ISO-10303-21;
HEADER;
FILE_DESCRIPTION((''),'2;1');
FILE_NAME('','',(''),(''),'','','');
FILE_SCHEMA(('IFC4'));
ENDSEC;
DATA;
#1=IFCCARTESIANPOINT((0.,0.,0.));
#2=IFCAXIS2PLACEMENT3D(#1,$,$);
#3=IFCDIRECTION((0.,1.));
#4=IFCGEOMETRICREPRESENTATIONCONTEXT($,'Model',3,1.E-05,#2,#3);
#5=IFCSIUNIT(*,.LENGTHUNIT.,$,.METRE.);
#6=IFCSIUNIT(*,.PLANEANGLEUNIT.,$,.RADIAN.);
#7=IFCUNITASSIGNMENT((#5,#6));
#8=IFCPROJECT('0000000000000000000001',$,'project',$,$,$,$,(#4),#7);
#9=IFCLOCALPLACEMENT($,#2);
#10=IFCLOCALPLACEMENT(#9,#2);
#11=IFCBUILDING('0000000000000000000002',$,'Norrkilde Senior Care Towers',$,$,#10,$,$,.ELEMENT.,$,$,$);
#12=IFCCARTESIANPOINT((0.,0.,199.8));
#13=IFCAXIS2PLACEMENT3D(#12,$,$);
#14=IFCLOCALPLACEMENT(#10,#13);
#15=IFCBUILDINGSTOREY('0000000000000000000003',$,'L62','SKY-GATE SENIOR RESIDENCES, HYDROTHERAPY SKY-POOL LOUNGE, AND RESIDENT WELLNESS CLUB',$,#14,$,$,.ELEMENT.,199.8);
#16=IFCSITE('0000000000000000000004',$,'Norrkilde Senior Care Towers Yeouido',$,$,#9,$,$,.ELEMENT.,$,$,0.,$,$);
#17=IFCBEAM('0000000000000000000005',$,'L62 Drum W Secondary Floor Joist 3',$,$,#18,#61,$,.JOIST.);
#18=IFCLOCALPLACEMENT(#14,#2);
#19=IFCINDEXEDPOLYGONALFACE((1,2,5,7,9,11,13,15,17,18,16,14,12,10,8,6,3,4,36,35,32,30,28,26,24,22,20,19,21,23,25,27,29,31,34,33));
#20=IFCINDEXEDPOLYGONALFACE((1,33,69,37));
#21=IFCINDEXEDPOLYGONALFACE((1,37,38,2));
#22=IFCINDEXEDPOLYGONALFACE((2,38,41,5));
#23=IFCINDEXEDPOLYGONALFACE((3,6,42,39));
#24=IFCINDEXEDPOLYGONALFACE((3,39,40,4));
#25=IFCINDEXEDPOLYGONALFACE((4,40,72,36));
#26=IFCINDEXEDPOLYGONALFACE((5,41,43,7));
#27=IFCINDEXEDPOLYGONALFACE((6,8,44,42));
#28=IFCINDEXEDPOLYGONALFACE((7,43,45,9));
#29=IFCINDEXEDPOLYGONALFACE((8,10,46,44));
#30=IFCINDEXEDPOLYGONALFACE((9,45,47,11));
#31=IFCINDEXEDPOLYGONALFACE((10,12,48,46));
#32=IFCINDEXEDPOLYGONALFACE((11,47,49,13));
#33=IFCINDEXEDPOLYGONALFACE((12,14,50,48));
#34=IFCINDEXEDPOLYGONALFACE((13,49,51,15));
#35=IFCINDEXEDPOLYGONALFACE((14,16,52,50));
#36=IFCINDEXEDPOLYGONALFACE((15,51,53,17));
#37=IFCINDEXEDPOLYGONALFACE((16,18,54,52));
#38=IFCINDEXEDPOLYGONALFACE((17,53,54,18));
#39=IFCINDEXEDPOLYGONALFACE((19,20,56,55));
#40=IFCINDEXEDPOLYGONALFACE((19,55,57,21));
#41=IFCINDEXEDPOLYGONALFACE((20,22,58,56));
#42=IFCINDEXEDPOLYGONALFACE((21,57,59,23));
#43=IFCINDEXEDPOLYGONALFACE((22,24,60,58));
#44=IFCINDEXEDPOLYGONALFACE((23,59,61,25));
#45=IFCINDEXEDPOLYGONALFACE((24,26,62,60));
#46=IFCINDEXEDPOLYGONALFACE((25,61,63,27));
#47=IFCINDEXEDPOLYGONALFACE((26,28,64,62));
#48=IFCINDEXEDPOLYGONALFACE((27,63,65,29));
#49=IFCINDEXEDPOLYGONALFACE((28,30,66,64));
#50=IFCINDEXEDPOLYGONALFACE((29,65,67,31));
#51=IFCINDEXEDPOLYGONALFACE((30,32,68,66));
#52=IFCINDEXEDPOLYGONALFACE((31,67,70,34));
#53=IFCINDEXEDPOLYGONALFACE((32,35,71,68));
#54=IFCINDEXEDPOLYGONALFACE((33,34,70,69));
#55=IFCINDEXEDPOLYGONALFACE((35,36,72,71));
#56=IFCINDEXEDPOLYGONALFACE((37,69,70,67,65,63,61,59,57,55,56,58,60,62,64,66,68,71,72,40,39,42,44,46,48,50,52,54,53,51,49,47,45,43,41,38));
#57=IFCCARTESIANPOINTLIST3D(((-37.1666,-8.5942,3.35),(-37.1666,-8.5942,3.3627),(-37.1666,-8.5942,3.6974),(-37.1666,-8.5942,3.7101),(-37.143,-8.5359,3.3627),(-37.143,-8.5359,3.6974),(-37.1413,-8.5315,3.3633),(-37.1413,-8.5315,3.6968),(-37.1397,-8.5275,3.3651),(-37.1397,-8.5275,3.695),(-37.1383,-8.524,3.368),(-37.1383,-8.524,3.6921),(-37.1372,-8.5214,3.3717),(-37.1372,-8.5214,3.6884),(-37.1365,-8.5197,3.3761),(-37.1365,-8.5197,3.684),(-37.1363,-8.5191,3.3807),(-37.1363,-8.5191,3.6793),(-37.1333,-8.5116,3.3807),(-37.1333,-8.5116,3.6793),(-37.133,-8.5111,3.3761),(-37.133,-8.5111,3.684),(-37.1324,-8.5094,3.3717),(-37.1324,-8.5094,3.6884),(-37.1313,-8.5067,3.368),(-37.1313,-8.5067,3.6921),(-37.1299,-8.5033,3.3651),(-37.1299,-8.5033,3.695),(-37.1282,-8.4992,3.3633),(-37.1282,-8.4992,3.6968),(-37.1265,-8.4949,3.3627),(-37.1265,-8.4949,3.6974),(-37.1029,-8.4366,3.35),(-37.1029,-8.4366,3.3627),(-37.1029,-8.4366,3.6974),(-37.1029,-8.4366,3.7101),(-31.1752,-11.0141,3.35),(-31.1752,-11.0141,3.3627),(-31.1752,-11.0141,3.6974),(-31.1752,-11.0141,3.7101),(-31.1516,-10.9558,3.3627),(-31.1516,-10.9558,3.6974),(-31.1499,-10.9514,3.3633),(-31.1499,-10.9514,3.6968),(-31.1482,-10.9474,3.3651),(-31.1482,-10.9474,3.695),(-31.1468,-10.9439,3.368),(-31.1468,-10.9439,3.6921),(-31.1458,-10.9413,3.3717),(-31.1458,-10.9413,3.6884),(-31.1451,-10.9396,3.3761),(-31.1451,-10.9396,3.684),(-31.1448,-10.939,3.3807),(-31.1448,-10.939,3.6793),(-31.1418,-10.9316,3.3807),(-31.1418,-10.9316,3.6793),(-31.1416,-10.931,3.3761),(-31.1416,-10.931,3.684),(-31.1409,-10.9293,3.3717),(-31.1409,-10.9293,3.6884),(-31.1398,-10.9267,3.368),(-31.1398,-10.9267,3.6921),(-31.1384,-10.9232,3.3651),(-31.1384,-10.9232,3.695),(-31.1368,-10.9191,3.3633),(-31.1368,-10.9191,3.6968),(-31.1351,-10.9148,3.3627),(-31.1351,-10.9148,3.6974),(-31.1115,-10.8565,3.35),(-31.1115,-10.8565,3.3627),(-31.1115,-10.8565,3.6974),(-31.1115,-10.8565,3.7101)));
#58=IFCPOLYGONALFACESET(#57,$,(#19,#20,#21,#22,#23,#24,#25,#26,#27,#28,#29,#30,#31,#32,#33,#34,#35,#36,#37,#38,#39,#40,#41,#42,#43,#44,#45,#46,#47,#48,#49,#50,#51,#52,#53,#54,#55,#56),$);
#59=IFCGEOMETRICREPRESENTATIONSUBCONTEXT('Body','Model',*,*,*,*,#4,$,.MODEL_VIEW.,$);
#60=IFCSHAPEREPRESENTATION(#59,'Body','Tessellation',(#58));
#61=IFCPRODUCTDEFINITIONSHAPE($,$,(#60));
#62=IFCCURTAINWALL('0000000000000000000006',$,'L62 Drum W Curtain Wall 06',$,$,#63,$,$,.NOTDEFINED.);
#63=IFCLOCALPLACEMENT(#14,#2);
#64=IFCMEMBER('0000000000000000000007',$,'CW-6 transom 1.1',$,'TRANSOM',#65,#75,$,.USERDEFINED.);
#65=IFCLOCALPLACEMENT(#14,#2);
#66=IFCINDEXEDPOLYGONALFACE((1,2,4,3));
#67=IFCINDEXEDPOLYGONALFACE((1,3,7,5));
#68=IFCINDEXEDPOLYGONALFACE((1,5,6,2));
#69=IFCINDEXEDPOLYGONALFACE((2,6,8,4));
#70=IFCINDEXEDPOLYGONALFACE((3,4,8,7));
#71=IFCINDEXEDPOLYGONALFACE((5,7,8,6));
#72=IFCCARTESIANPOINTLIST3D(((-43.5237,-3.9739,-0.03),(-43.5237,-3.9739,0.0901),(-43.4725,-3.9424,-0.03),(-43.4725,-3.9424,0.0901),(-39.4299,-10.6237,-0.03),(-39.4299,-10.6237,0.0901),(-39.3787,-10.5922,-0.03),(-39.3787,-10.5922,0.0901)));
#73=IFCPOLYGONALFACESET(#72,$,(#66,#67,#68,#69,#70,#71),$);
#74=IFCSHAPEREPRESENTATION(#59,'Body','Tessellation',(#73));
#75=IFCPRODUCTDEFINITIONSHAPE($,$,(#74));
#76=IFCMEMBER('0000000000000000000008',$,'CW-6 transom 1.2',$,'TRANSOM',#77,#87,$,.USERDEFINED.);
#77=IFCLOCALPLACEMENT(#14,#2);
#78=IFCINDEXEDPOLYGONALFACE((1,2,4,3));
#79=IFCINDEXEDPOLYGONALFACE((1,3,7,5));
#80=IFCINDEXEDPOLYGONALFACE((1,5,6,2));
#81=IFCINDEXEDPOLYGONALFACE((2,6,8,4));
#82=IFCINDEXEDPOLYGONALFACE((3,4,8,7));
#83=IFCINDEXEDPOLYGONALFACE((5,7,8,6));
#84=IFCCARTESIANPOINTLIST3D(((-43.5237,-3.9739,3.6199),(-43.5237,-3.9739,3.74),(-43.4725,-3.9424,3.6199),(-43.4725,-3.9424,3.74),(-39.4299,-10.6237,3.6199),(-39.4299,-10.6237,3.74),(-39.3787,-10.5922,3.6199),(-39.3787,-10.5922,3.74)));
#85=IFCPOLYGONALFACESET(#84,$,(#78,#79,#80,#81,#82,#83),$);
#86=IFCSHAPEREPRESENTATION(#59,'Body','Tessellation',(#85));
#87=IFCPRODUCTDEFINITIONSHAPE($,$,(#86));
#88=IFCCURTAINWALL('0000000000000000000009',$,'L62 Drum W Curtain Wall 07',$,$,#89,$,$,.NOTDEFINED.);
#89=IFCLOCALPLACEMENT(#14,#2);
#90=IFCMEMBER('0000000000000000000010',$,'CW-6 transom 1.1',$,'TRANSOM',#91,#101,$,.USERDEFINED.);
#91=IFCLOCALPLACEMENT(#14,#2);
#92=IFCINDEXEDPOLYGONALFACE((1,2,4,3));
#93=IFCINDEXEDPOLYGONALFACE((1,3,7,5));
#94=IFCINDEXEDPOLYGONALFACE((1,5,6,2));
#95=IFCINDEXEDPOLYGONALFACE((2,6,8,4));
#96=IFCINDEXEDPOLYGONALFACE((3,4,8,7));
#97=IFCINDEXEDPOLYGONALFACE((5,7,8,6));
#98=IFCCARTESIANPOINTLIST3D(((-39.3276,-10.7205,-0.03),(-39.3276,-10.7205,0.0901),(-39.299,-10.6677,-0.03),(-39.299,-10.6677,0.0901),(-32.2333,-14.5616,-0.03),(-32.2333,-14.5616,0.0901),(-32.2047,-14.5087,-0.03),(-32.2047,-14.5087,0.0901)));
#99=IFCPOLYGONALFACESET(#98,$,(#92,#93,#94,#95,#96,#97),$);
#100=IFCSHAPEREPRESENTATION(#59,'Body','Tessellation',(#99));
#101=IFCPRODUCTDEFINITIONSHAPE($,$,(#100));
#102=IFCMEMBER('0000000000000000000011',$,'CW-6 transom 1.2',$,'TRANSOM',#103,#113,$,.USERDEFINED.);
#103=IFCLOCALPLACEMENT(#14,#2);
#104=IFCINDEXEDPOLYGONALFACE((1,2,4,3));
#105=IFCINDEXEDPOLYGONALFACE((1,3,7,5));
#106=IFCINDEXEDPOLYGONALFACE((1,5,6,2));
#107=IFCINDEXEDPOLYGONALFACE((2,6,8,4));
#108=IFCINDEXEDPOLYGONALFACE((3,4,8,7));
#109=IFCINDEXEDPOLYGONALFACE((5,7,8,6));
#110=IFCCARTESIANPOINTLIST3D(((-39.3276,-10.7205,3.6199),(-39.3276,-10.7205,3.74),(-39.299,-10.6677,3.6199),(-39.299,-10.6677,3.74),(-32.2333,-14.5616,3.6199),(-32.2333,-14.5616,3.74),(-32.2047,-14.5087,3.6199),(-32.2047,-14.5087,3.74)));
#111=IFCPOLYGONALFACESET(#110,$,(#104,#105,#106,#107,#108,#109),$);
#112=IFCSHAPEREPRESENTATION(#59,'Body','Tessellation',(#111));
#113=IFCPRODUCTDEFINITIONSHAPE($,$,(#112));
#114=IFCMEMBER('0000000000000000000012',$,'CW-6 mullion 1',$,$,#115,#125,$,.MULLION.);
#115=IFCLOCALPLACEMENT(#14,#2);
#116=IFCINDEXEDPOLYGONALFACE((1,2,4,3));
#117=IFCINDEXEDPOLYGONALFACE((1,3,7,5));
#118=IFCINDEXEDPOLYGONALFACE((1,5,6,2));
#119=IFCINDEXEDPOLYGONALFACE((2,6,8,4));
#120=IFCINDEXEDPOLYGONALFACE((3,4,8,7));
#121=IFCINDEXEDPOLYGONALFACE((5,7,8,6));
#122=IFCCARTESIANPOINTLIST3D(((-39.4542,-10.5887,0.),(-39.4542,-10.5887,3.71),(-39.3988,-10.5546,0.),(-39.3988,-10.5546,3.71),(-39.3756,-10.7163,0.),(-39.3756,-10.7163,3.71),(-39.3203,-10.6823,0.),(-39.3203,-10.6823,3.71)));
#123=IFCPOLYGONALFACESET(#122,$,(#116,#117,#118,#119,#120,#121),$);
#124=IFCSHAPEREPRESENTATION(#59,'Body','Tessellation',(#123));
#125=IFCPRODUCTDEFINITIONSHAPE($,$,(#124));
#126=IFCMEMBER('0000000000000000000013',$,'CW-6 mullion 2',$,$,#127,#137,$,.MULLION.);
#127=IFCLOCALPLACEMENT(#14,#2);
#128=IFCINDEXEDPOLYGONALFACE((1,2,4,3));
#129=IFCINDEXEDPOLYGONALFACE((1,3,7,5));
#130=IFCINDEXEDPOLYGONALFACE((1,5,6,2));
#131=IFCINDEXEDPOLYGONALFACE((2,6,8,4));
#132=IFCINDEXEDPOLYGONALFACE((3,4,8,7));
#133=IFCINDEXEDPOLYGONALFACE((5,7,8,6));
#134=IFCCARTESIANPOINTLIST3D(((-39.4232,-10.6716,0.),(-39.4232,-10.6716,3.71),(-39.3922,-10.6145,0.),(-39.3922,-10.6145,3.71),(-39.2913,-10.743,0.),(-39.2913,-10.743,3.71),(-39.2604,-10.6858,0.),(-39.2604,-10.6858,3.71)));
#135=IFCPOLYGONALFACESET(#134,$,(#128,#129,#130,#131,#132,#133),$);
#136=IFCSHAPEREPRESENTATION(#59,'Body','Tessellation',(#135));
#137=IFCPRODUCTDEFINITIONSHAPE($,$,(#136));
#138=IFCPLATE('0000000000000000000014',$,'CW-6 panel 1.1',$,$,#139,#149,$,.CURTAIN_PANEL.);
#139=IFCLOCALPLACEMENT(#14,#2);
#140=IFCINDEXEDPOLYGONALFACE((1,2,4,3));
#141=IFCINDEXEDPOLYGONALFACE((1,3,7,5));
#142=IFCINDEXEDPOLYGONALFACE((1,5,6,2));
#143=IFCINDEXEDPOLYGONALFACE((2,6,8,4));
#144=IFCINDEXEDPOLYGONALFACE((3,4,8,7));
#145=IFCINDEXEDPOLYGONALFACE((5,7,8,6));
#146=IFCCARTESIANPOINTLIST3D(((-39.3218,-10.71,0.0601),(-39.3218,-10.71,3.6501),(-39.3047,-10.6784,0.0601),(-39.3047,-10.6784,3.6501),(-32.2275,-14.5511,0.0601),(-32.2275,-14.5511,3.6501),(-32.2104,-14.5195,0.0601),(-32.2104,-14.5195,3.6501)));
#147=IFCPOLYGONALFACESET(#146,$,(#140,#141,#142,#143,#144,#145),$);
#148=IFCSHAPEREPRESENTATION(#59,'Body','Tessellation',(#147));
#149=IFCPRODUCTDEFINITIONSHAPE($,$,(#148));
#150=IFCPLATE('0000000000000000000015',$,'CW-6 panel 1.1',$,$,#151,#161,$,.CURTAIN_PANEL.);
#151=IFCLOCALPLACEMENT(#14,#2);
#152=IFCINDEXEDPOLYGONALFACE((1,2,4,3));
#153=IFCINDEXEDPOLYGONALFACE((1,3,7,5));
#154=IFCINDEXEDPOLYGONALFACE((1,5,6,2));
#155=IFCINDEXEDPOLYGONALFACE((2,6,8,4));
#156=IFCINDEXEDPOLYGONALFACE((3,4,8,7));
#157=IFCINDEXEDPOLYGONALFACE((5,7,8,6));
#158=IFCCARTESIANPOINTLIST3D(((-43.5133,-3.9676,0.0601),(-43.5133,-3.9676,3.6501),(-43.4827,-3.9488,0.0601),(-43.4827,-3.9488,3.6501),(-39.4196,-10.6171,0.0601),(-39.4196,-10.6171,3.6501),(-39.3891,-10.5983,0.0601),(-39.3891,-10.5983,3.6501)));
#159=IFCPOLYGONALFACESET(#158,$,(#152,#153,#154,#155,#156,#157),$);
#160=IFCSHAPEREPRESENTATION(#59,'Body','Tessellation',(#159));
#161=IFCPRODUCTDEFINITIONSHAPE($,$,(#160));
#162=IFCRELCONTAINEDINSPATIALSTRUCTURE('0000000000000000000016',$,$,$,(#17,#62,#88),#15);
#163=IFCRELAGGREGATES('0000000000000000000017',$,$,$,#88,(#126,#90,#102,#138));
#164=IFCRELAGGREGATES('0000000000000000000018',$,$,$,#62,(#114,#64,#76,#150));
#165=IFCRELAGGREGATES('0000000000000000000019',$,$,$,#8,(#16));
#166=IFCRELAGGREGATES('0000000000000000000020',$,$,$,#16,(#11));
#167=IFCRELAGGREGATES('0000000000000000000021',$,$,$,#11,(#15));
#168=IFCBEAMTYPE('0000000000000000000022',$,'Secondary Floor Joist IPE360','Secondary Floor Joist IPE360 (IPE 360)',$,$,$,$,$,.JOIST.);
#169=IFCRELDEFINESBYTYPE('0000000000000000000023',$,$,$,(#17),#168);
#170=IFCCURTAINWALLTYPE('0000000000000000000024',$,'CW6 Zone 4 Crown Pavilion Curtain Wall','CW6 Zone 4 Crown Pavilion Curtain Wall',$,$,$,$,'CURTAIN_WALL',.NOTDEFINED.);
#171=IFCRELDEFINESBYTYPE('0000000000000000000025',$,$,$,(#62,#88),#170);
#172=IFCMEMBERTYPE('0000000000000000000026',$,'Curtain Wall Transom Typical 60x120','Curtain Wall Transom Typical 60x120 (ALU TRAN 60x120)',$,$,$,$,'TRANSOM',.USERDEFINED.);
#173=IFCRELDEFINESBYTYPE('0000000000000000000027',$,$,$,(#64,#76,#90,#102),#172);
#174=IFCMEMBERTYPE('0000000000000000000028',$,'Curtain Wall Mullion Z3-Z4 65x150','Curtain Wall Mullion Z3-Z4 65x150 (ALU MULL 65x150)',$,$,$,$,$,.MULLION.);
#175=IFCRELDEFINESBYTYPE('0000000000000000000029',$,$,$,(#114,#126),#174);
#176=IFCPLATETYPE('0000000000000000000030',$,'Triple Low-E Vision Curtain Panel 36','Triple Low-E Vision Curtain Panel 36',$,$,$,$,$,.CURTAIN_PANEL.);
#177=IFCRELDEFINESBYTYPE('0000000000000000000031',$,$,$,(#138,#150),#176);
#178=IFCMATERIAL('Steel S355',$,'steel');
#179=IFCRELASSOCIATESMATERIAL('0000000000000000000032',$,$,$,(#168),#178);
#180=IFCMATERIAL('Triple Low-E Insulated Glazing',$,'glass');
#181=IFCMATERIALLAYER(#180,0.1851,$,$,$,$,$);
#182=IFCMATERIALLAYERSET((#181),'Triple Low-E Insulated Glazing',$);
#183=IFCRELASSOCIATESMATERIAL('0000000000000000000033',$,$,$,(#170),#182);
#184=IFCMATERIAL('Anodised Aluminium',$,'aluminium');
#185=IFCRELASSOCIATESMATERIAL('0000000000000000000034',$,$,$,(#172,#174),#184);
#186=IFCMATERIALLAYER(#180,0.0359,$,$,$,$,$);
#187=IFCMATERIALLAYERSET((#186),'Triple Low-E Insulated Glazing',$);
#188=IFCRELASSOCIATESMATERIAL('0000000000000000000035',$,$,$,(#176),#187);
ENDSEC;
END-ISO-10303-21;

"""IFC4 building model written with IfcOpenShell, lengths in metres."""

from ifc_helpers import new_model, si_unit, direction, frame, origin, origin_2d, place, context, subcontext, project, spatial, rectangle, i_section, extrude, source, transform, mapped, material, layer, layer_set, material_profile, profile_set, type_object, type_shapes, element, aggregate, save


model = new_model("IFC4")

# Units and contexts
model_context = context("Model", 3, precision=1e-05, world=origin(), true_north=direction((0.0, 1.0)))
body_context = subcontext(model_context, "Body", "Model", "MODEL_VIEW")
ifc_project = project(units=[si_unit("LENGTHUNIT", "METRE"), si_unit("PLANEANGLEUNIT", "RADIAN")], contexts=[model_context])

# Site, building, storey
site_placement = place(None, origin())
site = spatial("IfcSite", under=ifc_project, at=site_placement, Name="Norrkilde Senior Care Towers Yeouido", CompositionType="ELEMENT", RefElevation=0.0)
building_placement = place(site_placement, origin())
building = spatial("IfcBuilding", under=site, at=building_placement, Name="Norrkilde Senior Care Towers", CompositionType="ELEMENT")
storey_placement = place(building_placement, frame((0.0, 0.0, 199.8)))
storey = spatial("IfcBuildingStorey", under=building, at=storey_placement, Name="L62", Description="SKY-GATE SENIOR RESIDENCES, HYDROTHERAPY SKY-POOL LOUNGE, AND RESIDENT WELLNESS CLUB", CompositionType="ELEMENT", Elevation=199.8)

# Beam
ifc_material_1 = material(Name="Steel S355", Category="steel")
ifc_material_profile_1 = material_profile(ifc_material_1, i_section(OverallWidth=0.1699, OverallDepth=0.3601, WebThickness=0.0081, FlangeThickness=0.0127, FilletRadius=0.0181, at=origin_2d()), Name="IPE 360")
ifc_profile_set_1 = profile_set([ifc_material_profile_1], Name="Steel S355")
beam_type_1 = type_object("IfcBeamType", Name="Secondary Floor Joist IPE360", Description="Secondary Floor Joist IPE360 (IPE 360)", PredefinedType="JOIST", material=ifc_profile_set_1)
shared_shape_1 = source(origin(), body_context, "Body", "SweptSolid", [
    extrude(i_section(OverallWidth=0.1699, OverallDepth=0.3601, WebThickness=0.0081, FlangeThickness=0.0127, FilletRadius=0.0181, at=origin_2d()), origin(), (0.0, 0.0, 1.0), 6.4617),
])
type_shapes(beam_type_1, [shared_shape_1])
beam_1_placement = place(storey_placement, frame((-37.1348, -8.5154, 3.53), z_axis=(0.927226, -0.374502, 0.0), x_axis=(0.374502, 0.927226, 0.0)))
element("IfcBeam", 1, at=beam_1_placement, inside=storey, type_object=beam_type_1, Name="L62 Drum W Secondary Floor Joist 3", PredefinedType="JOIST", context=body_context, shape_type="MappedRepresentation", body=[
    mapped(shared_shape_1, transform((0.0, 0.0, 0.0), x_axis=(1.0, 0.0, 0.0), y_axis=(0.0, 1.0, 0.0), z_axis=(0.0, 0.0, 1.0), scale=1.0)),
])

# Curtain walls, members
ifc_material_2 = material(Name="Triple Low-E Insulated Glazing", Category="glass")
ifc_layer_1 = layer(ifc_material_2, 0.1851)
ifc_layer_set_1 = layer_set([ifc_layer_1], Name="Triple Low-E Insulated Glazing")
curtain_wall_type = type_object("IfcCurtainWallType", Name="CW6 Zone 4 Crown Pavilion Curtain Wall", Description="CW6 Zone 4 Crown Pavilion Curtain Wall", ElementType="CURTAIN_WALL", PredefinedType="NOTDEFINED", material=ifc_layer_set_1)
curtain_wall_1_placement = place(storey_placement, origin())
curtain_wall_1 = element("IfcCurtainWall", 2, at=curtain_wall_1_placement, inside=storey, type_object=curtain_wall_type, Name="L62 Drum W Curtain Wall 06", PredefinedType="NOTDEFINED")
ifc_material_3 = material(Name="Anodised Aluminium", Category="aluminium")
ifc_material_profile_2 = material_profile(ifc_material_3, rectangle(XDim=0.0601, YDim=0.1201, at=origin_2d()), Name="ALU TRAN 60x120")
ifc_profile_set_2 = profile_set([ifc_material_profile_2], Name="Anodised Aluminium")
member_type_1 = type_object("IfcMemberType", Name="Curtain Wall Transom Typical 60x120", Description="Curtain Wall Transom Typical 60x120 (ALU TRAN 60x120)", ElementType="TRANSOM", PredefinedType="USERDEFINED", material=ifc_profile_set_2)
shared_shape_2 = source(origin(), body_context, "Body", "SweptSolid", [
    extrude(rectangle(XDim=0.0601, YDim=0.1201, at=origin_2d()), origin(), (0.0, 0.0, 1.0), 7.8088),
])
member_1_placement = place(storey_placement, frame((-39.4043, -10.6079, 0.03), z_axis=(-0.524251, 0.851564, 0.0), x_axis=(-0.851564, -0.524251, 0.0)))
member_1 = element("IfcMember", 3, at=member_1_placement, type_object=member_type_1, Name="CW-6 transom 1.1", ObjectType="TRANSOM", PredefinedType="USERDEFINED", context=body_context, shape_type="MappedRepresentation", body=[
    mapped(shared_shape_2, transform((0.0, 0.0, 0.0), x_axis=(1.0, 0.0, 0.0), y_axis=(0.0, 1.0, 0.0), z_axis=(0.0, 0.0, 1.0), scale=1.0)),
])
member_2_placement = place(storey_placement, frame((-39.4043, -10.6079, 3.6799), z_axis=(-0.524251, 0.851564, 0.0), x_axis=(-0.851564, -0.524251, 0.0)))
member_2 = element("IfcMember", 4, at=member_2_placement, type_object=member_type_1, Name="CW-6 transom 1.2", ObjectType="TRANSOM", PredefinedType="USERDEFINED", context=body_context, shape_type="MappedRepresentation", body=[
    mapped(shared_shape_2, transform((0.0, 0.0, 0.0), x_axis=(1.0, 0.0, 0.0), y_axis=(0.0, 1.0, 0.0), z_axis=(0.0, 0.0, 1.0), scale=1.0)),
])
curtain_wall_2_placement = place(storey_placement, origin())
curtain_wall_2 = element("IfcCurtainWall", 5, at=curtain_wall_2_placement, inside=storey, type_object=curtain_wall_type, Name="L62 Drum W Curtain Wall 07", PredefinedType="NOTDEFINED")
shared_shape_3 = source(origin(), body_context, "Body", "SweptSolid", [
    extrude(rectangle(XDim=0.0601, YDim=0.1201, at=origin_2d()), origin(), (0.0, 0.0, 1.0), 8.0674),
])
type_shapes(member_type_1, [shared_shape_2, shared_shape_3])
member_3_placement = place(storey_placement, frame((-32.219, -14.5352, 0.03), z_axis=(-0.879378, 0.476125, 0.0), x_axis=(-0.476125, -0.879378, 0.0)))
member_3 = element("IfcMember", 6, at=member_3_placement, type_object=member_type_1, Name="CW-6 transom 1.1", ObjectType="TRANSOM", PredefinedType="USERDEFINED", context=body_context, shape_type="MappedRepresentation", body=[
    mapped(shared_shape_3, transform((0.0, 0.0, 0.0), x_axis=(1.0, 0.0, 0.0), y_axis=(0.0, 1.0, 0.0), z_axis=(0.0, 0.0, 1.0), scale=1.0)),
])
member_4_placement = place(storey_placement, frame((-32.219, -14.5352, 3.6799), z_axis=(-0.879378, 0.476125, 0.0), x_axis=(-0.476125, -0.879378, 0.0)))
member_4 = element("IfcMember", 7, at=member_4_placement, type_object=member_type_1, Name="CW-6 transom 1.2", ObjectType="TRANSOM", PredefinedType="USERDEFINED", context=body_context, shape_type="MappedRepresentation", body=[
    mapped(shared_shape_3, transform((0.0, 0.0, 0.0), x_axis=(1.0, 0.0, 0.0), y_axis=(0.0, 1.0, 0.0), z_axis=(0.0, 0.0, 1.0), scale=1.0)),
])

# Members
ifc_material_profile_3 = material_profile(ifc_material_3, rectangle(XDim=0.0649, YDim=0.1499, at=origin_2d()), Name="ALU MULL 65x150")
ifc_profile_set_3 = profile_set([ifc_material_profile_3], Name="Anodised Aluminium")
member_type_2 = type_object("IfcMemberType", Name="Curtain Wall Mullion Z3-Z4 65x150", Description="Curtain Wall Mullion Z3-Z4 65x150 (ALU MULL 65x150)", PredefinedType="MULLION", material=ifc_profile_set_3)
shared_shape_4 = source(origin(), body_context, "Body", "SweptSolid", [
    extrude(rectangle(XDim=0.0649, YDim=0.1499, at=origin_2d()), origin(), (0.0, 0.0, 1.0), 3.71),
])
type_shapes(member_type_2, [shared_shape_4])
member_5_placement = place(storey_placement, frame((-39.3872, -10.6355, 0.0), z_axis=(0.0, 0.0, 1.0), x_axis=(-0.851563, -0.524253, 0.0)))
member_5 = element("IfcMember", 8, at=member_5_placement, type_object=member_type_2, Name="CW-6 mullion 1", PredefinedType="MULLION", context=body_context, shape_type="MappedRepresentation", body=[
    mapped(shared_shape_4, transform((0.0, 0.0, 0.0), x_axis=(1.0, 0.0, 0.0), y_axis=(0.0, 1.0, 0.0), z_axis=(0.0, 0.0, 1.0), scale=1.0)),
])
member_6_placement = place(storey_placement, frame((-39.3418, -10.6787, 0.0), z_axis=(0.0, 0.0, 1.0), x_axis=(-0.476133, -0.879373, 0.0)))
member_6 = element("IfcMember", 9, at=member_6_placement, type_object=member_type_2, Name="CW-6 mullion 2", PredefinedType="MULLION", context=body_context, shape_type="MappedRepresentation", body=[
    mapped(shared_shape_4, transform((0.0, 0.0, 0.0), x_axis=(1.0, 0.0, 0.0), y_axis=(0.0, 1.0, 0.0), z_axis=(0.0, 0.0, 1.0), scale=1.0)),
])

# Plates
ifc_layer_2 = layer(ifc_material_2, 0.0359)
ifc_layer_set_2 = layer_set([ifc_layer_2], Name="Triple Low-E Insulated Glazing")
plate_type = type_object("IfcPlateType", Name="Triple Low-E Vision Curtain Panel 36", Description="Triple Low-E Vision Curtain Panel 36", PredefinedType="CURTAIN_PANEL", material=ifc_layer_set_2)
shared_shape_5 = source(origin(), body_context, "Body", "SweptSolid", [
    extrude(rectangle(XDim=8.0674, YDim=0.0359, at=origin_2d()), origin(), (0.0, 0.0, 1.0), 3.5901),
])
plate_1_placement = place(storey_placement, frame((-35.7661, -12.6147, 0.0601), z_axis=(0.0, 0.0, 1.0), x_axis=(-0.879373, 0.476133, 0.0)))
plate_1 = element("IfcPlate", 10, at=plate_1_placement, type_object=plate_type, Name="CW-6 panel 1.1", PredefinedType="CURTAIN_PANEL", context=body_context, shape_type="MappedRepresentation", body=[
    mapped(shared_shape_5, transform((0.0, 0.0, 0.0), x_axis=(1.0, 0.0, 0.0), y_axis=(0.0, 1.0, 0.0), z_axis=(0.0, 0.0, 1.0), scale=1.0)),
])
aggregate(curtain_wall_2, [member_6, member_3, member_4, plate_1])
shared_shape_6 = source(origin(), body_context, "Body", "SweptSolid", [
    extrude(rectangle(XDim=7.8086, YDim=0.0359, at=origin_2d()), origin(), (0.0, 0.0, 1.0), 3.5901),
])
type_shapes(plate_type, [shared_shape_5, shared_shape_6])
plate_2_placement = place(storey_placement, frame((-41.4512, -7.283, 0.0601), z_axis=(0.0, 0.0, 1.0), x_axis=(-0.524253, 0.851563, 0.0)))
plate_2 = element("IfcPlate", 11, at=plate_2_placement, type_object=plate_type, Name="CW-6 panel 1.1", PredefinedType="CURTAIN_PANEL", context=body_context, shape_type="MappedRepresentation", body=[
    mapped(shared_shape_6, transform((0.0, 0.0, 0.0), x_axis=(1.0, 0.0, 0.0), y_axis=(0.0, 1.0, 0.0), z_axis=(0.0, 0.0, 1.0), scale=1.0)),
])
aggregate(curtain_wall_1, [member_5, member_1, member_2, plate_2])

save(model, "model.ifc")
